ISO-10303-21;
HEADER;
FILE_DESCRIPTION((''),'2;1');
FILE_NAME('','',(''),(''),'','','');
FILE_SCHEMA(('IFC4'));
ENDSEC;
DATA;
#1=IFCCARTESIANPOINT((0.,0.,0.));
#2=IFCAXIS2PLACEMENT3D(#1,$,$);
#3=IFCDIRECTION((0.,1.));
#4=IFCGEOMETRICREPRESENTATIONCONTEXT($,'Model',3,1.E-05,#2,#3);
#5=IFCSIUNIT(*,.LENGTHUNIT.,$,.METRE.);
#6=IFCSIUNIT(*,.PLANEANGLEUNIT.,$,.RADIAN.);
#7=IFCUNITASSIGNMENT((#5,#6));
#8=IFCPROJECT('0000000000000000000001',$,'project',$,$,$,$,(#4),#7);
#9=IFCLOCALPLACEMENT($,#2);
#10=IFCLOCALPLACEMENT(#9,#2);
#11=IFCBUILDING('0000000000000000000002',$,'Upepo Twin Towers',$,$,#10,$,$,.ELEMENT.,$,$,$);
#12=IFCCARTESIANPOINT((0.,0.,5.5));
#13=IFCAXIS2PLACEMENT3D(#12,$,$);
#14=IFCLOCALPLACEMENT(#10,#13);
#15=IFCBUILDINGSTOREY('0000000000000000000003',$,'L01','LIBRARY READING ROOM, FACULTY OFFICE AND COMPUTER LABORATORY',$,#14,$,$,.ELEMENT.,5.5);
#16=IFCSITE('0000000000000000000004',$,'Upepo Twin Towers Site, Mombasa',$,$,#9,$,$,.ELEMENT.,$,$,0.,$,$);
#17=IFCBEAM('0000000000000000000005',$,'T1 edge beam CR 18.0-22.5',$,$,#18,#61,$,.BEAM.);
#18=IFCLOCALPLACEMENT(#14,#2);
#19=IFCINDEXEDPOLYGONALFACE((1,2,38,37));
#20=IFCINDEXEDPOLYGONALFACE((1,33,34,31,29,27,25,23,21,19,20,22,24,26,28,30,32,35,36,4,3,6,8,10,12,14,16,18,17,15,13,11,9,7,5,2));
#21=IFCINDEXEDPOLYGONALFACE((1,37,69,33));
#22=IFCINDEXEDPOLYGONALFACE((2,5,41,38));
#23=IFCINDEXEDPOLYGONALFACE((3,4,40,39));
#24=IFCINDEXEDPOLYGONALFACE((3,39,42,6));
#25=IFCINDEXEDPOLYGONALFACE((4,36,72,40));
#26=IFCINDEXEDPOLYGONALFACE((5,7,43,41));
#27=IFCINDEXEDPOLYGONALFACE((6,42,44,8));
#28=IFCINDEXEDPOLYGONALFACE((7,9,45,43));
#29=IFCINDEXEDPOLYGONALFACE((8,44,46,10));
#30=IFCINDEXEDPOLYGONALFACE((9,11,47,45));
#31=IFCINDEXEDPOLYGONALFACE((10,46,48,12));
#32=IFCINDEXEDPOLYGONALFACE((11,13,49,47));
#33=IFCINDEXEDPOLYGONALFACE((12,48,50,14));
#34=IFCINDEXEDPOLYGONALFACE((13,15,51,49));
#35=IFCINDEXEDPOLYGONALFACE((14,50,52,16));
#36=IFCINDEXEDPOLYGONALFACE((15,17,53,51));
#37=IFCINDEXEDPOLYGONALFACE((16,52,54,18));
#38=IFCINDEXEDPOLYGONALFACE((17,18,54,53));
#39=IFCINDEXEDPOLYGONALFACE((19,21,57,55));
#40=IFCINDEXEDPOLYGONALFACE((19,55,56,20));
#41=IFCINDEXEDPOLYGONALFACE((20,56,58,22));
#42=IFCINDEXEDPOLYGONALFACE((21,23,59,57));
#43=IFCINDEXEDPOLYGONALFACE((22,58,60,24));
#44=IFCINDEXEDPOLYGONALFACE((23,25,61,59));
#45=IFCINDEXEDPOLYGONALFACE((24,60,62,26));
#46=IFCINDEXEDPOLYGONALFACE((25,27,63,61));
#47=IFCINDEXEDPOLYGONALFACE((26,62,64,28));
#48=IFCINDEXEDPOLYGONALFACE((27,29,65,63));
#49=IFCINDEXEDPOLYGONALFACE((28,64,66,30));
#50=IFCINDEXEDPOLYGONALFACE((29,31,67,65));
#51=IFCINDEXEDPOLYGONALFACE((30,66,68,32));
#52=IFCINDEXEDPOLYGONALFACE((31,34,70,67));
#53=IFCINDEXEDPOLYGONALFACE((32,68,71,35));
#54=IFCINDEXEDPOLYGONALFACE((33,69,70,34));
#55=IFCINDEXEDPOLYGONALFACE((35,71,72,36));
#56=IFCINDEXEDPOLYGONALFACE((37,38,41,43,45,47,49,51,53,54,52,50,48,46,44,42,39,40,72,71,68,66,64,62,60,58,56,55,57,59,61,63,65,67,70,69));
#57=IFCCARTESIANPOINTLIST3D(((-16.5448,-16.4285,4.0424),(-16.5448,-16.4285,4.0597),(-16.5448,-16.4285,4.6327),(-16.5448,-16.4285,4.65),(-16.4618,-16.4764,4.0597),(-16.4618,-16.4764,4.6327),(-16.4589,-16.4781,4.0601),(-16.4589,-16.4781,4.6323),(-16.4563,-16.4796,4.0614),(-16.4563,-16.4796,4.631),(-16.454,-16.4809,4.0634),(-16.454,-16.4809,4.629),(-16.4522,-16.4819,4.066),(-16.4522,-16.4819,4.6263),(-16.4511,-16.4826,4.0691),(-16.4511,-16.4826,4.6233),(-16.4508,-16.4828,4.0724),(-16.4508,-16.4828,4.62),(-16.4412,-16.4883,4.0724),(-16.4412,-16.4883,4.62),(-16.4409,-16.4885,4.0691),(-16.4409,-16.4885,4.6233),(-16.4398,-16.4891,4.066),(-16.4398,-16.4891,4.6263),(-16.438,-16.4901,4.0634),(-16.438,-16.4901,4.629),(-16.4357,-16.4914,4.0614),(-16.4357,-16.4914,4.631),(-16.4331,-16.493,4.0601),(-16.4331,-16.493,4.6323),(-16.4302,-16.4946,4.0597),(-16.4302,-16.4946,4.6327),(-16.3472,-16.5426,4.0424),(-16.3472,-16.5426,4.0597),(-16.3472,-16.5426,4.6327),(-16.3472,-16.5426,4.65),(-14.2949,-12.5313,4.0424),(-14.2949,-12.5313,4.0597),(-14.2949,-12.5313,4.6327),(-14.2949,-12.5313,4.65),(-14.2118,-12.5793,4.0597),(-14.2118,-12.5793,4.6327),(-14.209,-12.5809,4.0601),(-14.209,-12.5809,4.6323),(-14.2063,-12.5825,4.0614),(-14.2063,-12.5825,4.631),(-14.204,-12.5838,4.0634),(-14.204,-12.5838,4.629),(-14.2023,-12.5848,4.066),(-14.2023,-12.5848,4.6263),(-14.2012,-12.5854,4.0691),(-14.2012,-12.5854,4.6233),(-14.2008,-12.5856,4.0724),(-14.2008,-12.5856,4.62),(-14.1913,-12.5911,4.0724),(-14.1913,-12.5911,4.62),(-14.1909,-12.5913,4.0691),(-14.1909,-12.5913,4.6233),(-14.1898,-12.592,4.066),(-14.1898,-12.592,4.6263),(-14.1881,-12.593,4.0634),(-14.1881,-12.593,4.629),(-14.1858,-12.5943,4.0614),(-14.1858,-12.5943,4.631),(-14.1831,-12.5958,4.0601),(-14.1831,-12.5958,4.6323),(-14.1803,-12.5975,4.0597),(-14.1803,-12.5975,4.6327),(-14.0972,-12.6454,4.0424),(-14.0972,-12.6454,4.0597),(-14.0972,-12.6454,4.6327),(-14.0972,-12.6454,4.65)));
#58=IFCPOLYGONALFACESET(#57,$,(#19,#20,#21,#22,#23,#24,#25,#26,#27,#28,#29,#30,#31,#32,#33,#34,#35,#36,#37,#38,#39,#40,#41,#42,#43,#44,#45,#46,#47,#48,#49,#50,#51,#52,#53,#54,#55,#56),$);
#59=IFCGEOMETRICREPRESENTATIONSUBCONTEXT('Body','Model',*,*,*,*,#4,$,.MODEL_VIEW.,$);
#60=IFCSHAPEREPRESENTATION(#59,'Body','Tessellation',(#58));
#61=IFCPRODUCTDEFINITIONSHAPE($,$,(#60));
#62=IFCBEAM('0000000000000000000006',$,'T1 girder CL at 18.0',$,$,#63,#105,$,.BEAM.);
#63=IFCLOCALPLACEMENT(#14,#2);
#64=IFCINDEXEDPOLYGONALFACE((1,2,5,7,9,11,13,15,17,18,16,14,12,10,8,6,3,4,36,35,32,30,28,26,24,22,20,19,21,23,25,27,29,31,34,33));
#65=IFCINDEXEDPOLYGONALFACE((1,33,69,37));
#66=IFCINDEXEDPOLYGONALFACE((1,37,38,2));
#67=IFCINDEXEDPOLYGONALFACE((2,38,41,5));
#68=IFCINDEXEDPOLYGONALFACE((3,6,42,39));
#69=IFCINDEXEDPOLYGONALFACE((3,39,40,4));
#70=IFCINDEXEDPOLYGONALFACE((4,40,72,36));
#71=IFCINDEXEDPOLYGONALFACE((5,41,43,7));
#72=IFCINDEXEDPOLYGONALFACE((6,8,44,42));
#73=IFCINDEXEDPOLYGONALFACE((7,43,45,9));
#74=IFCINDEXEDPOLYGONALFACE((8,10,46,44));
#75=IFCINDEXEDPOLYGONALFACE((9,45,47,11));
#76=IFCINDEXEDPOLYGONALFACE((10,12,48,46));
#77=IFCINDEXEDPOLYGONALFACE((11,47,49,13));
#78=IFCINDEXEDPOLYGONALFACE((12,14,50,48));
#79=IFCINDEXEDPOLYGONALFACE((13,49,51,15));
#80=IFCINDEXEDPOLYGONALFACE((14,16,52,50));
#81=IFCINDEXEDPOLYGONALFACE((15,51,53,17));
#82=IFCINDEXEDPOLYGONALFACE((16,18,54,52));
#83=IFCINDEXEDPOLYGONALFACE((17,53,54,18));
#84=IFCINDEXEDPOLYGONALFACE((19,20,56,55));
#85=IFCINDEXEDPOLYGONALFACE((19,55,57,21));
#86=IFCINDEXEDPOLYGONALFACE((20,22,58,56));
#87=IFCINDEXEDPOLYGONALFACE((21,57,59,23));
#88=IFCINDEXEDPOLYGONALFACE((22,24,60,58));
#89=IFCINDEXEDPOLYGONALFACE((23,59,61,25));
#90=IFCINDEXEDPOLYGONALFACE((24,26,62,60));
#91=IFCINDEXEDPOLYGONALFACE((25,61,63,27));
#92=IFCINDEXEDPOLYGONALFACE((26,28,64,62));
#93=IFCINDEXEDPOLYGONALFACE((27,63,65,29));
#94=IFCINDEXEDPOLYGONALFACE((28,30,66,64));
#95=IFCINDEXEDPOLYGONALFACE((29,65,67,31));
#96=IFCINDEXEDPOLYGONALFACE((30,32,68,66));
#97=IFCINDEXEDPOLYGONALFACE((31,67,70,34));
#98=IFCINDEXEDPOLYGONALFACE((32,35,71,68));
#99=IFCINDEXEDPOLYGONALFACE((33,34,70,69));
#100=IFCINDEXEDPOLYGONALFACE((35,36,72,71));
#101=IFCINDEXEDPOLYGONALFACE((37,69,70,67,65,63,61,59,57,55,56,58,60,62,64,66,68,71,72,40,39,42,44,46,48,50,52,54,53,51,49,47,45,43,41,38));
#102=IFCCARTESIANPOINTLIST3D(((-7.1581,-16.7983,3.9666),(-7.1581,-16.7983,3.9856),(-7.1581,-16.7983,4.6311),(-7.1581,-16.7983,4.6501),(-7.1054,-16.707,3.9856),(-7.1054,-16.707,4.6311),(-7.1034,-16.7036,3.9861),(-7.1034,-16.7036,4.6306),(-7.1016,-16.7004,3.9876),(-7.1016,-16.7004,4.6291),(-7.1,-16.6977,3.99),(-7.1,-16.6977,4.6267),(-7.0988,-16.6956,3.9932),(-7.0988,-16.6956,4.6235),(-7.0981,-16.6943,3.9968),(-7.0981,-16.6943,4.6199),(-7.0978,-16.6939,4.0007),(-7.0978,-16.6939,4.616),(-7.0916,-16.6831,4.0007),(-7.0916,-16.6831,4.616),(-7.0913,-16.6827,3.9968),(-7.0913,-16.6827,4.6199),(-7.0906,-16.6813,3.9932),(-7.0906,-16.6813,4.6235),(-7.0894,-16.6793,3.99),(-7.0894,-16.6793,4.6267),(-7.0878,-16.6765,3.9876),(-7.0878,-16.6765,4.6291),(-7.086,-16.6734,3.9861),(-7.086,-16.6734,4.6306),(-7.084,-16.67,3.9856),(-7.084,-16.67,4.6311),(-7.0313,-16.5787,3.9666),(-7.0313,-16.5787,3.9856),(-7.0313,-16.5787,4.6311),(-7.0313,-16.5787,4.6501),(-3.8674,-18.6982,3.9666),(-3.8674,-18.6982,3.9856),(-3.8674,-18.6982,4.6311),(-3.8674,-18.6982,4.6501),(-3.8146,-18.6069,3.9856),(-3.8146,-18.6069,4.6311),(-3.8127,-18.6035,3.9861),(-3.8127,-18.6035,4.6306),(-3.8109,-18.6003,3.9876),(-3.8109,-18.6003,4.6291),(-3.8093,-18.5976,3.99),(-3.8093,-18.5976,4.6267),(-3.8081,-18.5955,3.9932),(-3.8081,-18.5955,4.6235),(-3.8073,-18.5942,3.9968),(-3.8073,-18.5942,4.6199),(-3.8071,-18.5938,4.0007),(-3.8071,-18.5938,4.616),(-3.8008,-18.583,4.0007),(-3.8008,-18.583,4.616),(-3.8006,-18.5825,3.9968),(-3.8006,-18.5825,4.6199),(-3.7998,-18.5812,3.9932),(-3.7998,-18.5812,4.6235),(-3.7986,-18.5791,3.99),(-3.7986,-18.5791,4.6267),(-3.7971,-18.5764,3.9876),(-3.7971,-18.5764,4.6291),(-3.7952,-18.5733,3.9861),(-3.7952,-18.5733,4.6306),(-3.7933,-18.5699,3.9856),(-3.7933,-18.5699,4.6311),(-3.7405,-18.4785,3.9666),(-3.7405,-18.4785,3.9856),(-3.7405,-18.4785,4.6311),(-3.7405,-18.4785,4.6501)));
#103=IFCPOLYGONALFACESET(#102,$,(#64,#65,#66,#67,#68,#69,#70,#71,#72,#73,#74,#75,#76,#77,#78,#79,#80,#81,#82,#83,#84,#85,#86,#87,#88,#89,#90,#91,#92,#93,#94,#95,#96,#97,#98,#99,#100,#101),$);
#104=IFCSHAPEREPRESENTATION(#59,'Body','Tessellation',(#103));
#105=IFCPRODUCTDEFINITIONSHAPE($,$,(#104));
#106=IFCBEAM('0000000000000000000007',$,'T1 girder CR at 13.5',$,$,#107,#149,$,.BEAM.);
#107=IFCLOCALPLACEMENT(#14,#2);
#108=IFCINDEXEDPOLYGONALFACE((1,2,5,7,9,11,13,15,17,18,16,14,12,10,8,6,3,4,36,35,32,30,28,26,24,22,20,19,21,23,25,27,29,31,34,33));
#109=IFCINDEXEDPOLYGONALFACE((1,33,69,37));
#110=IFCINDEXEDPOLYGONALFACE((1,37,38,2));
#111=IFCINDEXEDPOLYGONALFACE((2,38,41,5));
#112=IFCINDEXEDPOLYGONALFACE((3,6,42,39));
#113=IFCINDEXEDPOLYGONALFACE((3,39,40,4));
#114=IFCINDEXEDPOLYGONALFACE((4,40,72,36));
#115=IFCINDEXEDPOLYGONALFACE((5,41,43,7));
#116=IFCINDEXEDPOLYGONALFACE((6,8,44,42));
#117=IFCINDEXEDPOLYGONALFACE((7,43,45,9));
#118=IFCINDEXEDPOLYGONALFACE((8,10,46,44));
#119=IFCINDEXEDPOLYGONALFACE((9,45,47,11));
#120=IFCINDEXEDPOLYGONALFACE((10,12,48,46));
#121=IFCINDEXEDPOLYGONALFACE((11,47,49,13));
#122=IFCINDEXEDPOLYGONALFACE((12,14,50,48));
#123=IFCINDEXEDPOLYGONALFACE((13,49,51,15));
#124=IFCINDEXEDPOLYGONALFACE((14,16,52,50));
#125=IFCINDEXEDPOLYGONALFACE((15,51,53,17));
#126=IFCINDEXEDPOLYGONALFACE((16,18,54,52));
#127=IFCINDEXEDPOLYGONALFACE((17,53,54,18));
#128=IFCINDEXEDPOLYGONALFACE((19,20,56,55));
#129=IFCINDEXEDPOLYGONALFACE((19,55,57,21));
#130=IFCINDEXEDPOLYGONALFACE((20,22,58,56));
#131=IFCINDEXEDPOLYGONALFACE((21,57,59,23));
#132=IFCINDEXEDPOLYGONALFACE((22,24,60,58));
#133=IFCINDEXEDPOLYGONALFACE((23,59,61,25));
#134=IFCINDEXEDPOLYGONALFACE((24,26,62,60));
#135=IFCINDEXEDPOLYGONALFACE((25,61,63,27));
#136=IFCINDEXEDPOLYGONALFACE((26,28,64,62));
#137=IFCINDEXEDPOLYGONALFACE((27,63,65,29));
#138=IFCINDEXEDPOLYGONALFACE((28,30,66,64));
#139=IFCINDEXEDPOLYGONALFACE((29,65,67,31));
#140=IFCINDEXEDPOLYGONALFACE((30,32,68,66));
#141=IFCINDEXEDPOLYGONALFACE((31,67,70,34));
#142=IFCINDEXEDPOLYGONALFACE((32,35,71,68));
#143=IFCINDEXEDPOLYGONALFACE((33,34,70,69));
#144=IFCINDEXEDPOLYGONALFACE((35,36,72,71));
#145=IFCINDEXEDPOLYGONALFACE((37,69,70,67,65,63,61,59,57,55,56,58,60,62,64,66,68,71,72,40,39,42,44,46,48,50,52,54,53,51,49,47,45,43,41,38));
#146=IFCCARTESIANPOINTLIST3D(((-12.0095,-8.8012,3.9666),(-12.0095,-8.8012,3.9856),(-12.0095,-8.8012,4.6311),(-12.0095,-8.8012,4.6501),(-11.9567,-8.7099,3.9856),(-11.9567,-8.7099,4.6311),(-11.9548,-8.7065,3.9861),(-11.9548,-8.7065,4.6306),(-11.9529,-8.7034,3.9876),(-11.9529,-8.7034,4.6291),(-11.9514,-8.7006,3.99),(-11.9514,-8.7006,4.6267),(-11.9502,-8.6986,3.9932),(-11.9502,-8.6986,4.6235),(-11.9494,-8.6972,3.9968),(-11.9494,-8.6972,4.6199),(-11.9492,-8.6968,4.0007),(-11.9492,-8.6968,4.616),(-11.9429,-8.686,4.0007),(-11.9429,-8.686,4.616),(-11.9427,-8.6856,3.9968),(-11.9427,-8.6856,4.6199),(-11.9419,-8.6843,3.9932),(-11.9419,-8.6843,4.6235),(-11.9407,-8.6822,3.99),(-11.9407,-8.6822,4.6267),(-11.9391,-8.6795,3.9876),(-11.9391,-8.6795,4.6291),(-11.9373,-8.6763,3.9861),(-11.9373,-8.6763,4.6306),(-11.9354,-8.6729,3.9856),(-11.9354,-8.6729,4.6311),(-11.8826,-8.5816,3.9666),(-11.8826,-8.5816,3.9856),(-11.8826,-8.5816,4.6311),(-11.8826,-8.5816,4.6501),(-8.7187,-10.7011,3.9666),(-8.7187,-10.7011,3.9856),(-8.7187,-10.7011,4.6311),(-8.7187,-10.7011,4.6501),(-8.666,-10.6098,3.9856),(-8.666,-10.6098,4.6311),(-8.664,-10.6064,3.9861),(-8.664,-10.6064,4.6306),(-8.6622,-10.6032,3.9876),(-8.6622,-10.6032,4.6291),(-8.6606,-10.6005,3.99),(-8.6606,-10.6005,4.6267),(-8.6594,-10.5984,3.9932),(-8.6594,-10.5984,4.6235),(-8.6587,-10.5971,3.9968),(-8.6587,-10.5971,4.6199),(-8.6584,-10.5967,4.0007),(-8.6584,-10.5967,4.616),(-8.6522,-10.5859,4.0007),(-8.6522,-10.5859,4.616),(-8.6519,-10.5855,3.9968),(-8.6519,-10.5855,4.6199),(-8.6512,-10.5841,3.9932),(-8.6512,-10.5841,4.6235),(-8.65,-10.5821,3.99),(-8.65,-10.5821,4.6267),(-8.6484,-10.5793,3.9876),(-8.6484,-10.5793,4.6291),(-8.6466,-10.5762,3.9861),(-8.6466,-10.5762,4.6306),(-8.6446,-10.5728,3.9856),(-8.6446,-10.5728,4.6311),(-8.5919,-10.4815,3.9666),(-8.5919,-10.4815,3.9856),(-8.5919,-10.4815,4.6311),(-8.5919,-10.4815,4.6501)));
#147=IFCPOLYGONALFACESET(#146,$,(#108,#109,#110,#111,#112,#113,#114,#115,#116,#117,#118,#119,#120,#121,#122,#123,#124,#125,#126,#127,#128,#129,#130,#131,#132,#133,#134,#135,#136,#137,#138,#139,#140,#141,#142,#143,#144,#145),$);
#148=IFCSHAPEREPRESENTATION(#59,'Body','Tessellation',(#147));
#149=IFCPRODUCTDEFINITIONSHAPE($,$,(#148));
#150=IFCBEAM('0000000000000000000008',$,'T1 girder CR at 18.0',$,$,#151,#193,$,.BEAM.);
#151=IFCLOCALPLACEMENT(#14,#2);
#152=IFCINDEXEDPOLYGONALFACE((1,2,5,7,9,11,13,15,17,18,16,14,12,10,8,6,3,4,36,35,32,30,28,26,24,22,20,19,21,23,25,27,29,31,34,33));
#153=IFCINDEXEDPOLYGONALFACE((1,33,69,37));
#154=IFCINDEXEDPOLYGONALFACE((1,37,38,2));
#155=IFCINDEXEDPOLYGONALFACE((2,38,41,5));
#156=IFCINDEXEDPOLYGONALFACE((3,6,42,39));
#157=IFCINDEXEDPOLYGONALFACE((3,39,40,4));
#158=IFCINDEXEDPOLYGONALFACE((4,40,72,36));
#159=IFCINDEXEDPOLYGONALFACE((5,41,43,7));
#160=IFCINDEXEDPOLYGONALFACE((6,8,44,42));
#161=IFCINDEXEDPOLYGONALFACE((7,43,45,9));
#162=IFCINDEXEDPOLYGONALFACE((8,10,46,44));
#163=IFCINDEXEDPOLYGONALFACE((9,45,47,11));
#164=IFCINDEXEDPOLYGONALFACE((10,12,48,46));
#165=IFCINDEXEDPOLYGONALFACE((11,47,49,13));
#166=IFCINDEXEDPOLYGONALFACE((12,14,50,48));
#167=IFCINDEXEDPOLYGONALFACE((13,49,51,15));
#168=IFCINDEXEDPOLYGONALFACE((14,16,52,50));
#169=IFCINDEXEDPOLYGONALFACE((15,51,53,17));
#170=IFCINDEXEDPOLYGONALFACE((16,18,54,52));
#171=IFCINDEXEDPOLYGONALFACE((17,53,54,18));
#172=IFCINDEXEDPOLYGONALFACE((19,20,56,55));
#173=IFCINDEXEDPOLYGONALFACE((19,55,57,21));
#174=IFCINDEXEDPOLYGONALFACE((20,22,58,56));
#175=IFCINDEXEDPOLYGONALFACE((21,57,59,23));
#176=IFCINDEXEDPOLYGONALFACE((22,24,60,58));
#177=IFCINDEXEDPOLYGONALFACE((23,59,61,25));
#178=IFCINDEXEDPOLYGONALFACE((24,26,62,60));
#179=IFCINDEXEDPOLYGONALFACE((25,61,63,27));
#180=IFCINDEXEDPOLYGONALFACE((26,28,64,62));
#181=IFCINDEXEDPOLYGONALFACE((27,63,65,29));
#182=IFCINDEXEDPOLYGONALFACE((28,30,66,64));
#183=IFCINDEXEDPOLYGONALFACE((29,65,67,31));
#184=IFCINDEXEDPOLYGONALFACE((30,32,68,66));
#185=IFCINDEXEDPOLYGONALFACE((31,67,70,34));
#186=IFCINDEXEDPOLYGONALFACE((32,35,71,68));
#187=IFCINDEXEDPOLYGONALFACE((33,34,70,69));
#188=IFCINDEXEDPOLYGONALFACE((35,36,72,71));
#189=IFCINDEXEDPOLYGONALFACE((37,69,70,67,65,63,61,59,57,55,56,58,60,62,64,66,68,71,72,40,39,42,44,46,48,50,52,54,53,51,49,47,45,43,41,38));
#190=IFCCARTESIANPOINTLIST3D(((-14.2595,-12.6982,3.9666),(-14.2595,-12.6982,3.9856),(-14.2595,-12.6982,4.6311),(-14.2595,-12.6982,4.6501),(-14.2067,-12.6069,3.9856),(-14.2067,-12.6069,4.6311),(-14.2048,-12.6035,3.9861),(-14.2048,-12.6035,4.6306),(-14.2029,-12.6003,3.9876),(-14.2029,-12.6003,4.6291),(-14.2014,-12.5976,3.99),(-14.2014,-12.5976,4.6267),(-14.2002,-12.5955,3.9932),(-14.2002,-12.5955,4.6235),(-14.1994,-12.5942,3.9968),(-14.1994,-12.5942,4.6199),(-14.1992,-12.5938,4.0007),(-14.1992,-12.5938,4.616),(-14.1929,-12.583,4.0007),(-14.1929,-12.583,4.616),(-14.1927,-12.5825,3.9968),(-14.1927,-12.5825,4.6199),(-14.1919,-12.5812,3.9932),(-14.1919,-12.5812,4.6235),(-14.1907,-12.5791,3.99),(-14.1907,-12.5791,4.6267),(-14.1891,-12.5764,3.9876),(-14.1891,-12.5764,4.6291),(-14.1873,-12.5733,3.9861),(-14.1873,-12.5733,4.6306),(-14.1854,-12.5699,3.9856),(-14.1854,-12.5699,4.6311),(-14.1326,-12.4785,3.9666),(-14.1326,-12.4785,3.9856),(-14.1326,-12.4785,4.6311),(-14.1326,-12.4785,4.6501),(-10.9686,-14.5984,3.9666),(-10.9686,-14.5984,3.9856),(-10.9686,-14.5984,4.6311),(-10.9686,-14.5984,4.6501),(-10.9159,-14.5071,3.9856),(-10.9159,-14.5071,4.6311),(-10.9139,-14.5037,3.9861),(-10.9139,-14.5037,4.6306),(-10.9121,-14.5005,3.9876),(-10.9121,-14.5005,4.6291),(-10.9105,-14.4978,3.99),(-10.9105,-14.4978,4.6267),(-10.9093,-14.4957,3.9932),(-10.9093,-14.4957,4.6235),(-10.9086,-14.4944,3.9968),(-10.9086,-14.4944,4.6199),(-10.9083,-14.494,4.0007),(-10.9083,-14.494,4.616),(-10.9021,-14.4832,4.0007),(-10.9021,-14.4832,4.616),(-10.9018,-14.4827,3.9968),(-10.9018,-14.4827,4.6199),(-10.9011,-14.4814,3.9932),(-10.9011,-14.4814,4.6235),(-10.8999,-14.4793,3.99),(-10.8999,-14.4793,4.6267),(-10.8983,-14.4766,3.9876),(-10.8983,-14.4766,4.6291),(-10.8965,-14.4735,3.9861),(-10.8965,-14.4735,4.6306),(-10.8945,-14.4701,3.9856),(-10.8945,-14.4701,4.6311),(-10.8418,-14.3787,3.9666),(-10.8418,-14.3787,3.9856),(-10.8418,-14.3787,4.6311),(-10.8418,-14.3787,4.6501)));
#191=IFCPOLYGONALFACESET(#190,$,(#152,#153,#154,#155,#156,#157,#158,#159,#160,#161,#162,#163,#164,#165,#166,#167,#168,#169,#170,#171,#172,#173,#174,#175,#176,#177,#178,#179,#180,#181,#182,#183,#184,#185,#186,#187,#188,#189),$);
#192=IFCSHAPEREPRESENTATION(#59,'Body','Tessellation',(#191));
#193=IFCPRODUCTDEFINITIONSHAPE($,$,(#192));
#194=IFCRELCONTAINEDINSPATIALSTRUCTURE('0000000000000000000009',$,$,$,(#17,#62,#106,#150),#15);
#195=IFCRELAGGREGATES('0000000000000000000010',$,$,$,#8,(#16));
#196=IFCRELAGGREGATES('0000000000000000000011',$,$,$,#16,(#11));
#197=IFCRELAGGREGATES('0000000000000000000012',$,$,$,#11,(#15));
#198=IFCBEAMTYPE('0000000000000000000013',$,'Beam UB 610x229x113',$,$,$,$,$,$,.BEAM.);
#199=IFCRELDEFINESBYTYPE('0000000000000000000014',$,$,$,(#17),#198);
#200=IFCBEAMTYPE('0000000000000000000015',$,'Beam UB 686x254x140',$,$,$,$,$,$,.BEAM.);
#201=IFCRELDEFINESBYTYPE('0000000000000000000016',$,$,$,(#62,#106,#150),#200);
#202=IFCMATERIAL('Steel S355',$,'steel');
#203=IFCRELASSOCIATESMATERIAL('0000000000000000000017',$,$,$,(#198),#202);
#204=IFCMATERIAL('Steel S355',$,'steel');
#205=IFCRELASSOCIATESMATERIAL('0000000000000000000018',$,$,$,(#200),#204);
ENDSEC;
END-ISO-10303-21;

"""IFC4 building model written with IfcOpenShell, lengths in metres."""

from ifc_helpers import new_model, si_unit, direction, frame, origin, origin_2d, place, context, subcontext, project, spatial, i_section, extrude, material, material_profile, profile_set, type_object, element, save


model = new_model("IFC4")

# Units and contexts
model_context = context("Model", 3, precision=1e-05, world=origin(), true_north=direction((0.0, 1.0)))
body_context = subcontext(model_context, "Body", "Model", "MODEL_VIEW")
ifc_project = project(units=[si_unit("LENGTHUNIT", "METRE"), si_unit("PLANEANGLEUNIT", "RADIAN")], contexts=[model_context])

# Site, building, storey
site_placement = place(None, origin())
site = spatial("IfcSite", under=ifc_project, at=site_placement, Name="Upepo Twin Towers Site, Mombasa", CompositionType="ELEMENT", RefElevation=0.0)
building_placement = place(site_placement, origin())
building = spatial("IfcBuilding", under=site, at=building_placement, Name="Upepo Twin Towers", CompositionType="ELEMENT")
storey_placement = place(building_placement, frame((0.0, 0.0, 5.5)))
storey = spatial("IfcBuildingStorey", under=building, at=storey_placement, Name="L01", Description="LIBRARY READING ROOM, FACULTY OFFICE AND COMPUTER LABORATORY", CompositionType="ELEMENT", Elevation=5.5)

# Beams
ifc_material_1 = material(Name="Steel S355", Category="steel")
ifc_material_profile_1 = material_profile(ifc_material_1, i_section(OverallWidth=0.2283, OverallDepth=0.6077, WebThickness=0.011, FlangeThickness=0.0173, FilletRadius=0.0127, at=origin_2d()), Name="UB 610x229x113")
ifc_profile_set_1 = profile_set([ifc_material_profile_1], Name="Steel S355")
beam_type_1 = type_object("IfcBeamType", Name="Beam UB 610x229x113", PredefinedType="BEAM", material=ifc_profile_set_1)
beam_1_placement = place(storey_placement, frame((-14.196, -12.5884, 4.3462), z_axis=(-0.49999, -0.866031, 0.0), x_axis=(0.866031, -0.49999, 0.0)))
element("IfcBeam", 1, at=beam_1_placement, inside=storey, type_object=beam_type_1, Name="T1 edge beam CR 18.0-22.5", PredefinedType="BEAM", context=body_context, shape_type="SweptSolid", body=[
    extrude(i_section(OverallWidth=0.2283, OverallDepth=0.6077, WebThickness=0.011, FlangeThickness=0.0173, FilletRadius=0.0127, at=origin_2d()), origin(), (0.0, 0.0, 1.0), 4.5),
])
ifc_material_2 = material(Name="Steel S355", Category="steel")
ifc_material_profile_2 = material_profile(ifc_material_2, i_section(OverallWidth=0.2537, OverallDepth=0.6836, WebThickness=0.0125, FlangeThickness=0.019, FilletRadius=0.0151, at=origin_2d()), Name="UB 686x254x140")
ifc_profile_set_2 = profile_set([ifc_material_profile_2], Name="Steel S355")
beam_type_2 = type_object("IfcBeamType", Name="Beam UB 686x254x140", PredefinedType="BEAM", material=ifc_profile_set_2)
for number, where, z_axis, x_axis, name in (
    (2, (-3.804, -18.5884, 4.3083), (-0.866028, 0.499995, 0.0), (-0.499995, -0.866028, 0.0), "T1 girder CL at 18.0"),
    (3, (-11.946, -8.6914, 4.3083), (0.866028, -0.499995, 0.0), (0.499995, 0.866028, 0.0), "T1 girder CR at 13.5"),
):
    element("IfcBeam", number, at=place(storey_placement, frame(where, z_axis=z_axis, x_axis=x_axis)), inside=storey, type_object=beam_type_2, Name=name, PredefinedType="BEAM", context=body_context, shape_type="SweptSolid", body=[
        extrude(i_section(OverallWidth=0.2537, OverallDepth=0.6836, WebThickness=0.0125, FlangeThickness=0.019, FilletRadius=0.0151, at=origin_2d()), origin(), (0.0, 0.0, 1.0), 3.7998),
    ])
beam_2_placement = place(storey_placement, frame((-14.196, -12.5884, 4.3083), z_axis=(0.866, -0.500043, 0.0), x_axis=(0.500043, 0.866, 0.0)))
element("IfcBeam", 4, at=beam_2_placement, inside=storey, type_object=beam_type_2, Name="T1 girder CR at 18.0", PredefinedType="BEAM", context=body_context, shape_type="SweptSolid", body=[
    extrude(i_section(OverallWidth=0.2537, OverallDepth=0.6836, WebThickness=0.0125, FlangeThickness=0.019, FilletRadius=0.0151, at=origin_2d()), origin(), (0.0, 0.0, 1.0), 3.8),
])

save(model, "model.ifc")
